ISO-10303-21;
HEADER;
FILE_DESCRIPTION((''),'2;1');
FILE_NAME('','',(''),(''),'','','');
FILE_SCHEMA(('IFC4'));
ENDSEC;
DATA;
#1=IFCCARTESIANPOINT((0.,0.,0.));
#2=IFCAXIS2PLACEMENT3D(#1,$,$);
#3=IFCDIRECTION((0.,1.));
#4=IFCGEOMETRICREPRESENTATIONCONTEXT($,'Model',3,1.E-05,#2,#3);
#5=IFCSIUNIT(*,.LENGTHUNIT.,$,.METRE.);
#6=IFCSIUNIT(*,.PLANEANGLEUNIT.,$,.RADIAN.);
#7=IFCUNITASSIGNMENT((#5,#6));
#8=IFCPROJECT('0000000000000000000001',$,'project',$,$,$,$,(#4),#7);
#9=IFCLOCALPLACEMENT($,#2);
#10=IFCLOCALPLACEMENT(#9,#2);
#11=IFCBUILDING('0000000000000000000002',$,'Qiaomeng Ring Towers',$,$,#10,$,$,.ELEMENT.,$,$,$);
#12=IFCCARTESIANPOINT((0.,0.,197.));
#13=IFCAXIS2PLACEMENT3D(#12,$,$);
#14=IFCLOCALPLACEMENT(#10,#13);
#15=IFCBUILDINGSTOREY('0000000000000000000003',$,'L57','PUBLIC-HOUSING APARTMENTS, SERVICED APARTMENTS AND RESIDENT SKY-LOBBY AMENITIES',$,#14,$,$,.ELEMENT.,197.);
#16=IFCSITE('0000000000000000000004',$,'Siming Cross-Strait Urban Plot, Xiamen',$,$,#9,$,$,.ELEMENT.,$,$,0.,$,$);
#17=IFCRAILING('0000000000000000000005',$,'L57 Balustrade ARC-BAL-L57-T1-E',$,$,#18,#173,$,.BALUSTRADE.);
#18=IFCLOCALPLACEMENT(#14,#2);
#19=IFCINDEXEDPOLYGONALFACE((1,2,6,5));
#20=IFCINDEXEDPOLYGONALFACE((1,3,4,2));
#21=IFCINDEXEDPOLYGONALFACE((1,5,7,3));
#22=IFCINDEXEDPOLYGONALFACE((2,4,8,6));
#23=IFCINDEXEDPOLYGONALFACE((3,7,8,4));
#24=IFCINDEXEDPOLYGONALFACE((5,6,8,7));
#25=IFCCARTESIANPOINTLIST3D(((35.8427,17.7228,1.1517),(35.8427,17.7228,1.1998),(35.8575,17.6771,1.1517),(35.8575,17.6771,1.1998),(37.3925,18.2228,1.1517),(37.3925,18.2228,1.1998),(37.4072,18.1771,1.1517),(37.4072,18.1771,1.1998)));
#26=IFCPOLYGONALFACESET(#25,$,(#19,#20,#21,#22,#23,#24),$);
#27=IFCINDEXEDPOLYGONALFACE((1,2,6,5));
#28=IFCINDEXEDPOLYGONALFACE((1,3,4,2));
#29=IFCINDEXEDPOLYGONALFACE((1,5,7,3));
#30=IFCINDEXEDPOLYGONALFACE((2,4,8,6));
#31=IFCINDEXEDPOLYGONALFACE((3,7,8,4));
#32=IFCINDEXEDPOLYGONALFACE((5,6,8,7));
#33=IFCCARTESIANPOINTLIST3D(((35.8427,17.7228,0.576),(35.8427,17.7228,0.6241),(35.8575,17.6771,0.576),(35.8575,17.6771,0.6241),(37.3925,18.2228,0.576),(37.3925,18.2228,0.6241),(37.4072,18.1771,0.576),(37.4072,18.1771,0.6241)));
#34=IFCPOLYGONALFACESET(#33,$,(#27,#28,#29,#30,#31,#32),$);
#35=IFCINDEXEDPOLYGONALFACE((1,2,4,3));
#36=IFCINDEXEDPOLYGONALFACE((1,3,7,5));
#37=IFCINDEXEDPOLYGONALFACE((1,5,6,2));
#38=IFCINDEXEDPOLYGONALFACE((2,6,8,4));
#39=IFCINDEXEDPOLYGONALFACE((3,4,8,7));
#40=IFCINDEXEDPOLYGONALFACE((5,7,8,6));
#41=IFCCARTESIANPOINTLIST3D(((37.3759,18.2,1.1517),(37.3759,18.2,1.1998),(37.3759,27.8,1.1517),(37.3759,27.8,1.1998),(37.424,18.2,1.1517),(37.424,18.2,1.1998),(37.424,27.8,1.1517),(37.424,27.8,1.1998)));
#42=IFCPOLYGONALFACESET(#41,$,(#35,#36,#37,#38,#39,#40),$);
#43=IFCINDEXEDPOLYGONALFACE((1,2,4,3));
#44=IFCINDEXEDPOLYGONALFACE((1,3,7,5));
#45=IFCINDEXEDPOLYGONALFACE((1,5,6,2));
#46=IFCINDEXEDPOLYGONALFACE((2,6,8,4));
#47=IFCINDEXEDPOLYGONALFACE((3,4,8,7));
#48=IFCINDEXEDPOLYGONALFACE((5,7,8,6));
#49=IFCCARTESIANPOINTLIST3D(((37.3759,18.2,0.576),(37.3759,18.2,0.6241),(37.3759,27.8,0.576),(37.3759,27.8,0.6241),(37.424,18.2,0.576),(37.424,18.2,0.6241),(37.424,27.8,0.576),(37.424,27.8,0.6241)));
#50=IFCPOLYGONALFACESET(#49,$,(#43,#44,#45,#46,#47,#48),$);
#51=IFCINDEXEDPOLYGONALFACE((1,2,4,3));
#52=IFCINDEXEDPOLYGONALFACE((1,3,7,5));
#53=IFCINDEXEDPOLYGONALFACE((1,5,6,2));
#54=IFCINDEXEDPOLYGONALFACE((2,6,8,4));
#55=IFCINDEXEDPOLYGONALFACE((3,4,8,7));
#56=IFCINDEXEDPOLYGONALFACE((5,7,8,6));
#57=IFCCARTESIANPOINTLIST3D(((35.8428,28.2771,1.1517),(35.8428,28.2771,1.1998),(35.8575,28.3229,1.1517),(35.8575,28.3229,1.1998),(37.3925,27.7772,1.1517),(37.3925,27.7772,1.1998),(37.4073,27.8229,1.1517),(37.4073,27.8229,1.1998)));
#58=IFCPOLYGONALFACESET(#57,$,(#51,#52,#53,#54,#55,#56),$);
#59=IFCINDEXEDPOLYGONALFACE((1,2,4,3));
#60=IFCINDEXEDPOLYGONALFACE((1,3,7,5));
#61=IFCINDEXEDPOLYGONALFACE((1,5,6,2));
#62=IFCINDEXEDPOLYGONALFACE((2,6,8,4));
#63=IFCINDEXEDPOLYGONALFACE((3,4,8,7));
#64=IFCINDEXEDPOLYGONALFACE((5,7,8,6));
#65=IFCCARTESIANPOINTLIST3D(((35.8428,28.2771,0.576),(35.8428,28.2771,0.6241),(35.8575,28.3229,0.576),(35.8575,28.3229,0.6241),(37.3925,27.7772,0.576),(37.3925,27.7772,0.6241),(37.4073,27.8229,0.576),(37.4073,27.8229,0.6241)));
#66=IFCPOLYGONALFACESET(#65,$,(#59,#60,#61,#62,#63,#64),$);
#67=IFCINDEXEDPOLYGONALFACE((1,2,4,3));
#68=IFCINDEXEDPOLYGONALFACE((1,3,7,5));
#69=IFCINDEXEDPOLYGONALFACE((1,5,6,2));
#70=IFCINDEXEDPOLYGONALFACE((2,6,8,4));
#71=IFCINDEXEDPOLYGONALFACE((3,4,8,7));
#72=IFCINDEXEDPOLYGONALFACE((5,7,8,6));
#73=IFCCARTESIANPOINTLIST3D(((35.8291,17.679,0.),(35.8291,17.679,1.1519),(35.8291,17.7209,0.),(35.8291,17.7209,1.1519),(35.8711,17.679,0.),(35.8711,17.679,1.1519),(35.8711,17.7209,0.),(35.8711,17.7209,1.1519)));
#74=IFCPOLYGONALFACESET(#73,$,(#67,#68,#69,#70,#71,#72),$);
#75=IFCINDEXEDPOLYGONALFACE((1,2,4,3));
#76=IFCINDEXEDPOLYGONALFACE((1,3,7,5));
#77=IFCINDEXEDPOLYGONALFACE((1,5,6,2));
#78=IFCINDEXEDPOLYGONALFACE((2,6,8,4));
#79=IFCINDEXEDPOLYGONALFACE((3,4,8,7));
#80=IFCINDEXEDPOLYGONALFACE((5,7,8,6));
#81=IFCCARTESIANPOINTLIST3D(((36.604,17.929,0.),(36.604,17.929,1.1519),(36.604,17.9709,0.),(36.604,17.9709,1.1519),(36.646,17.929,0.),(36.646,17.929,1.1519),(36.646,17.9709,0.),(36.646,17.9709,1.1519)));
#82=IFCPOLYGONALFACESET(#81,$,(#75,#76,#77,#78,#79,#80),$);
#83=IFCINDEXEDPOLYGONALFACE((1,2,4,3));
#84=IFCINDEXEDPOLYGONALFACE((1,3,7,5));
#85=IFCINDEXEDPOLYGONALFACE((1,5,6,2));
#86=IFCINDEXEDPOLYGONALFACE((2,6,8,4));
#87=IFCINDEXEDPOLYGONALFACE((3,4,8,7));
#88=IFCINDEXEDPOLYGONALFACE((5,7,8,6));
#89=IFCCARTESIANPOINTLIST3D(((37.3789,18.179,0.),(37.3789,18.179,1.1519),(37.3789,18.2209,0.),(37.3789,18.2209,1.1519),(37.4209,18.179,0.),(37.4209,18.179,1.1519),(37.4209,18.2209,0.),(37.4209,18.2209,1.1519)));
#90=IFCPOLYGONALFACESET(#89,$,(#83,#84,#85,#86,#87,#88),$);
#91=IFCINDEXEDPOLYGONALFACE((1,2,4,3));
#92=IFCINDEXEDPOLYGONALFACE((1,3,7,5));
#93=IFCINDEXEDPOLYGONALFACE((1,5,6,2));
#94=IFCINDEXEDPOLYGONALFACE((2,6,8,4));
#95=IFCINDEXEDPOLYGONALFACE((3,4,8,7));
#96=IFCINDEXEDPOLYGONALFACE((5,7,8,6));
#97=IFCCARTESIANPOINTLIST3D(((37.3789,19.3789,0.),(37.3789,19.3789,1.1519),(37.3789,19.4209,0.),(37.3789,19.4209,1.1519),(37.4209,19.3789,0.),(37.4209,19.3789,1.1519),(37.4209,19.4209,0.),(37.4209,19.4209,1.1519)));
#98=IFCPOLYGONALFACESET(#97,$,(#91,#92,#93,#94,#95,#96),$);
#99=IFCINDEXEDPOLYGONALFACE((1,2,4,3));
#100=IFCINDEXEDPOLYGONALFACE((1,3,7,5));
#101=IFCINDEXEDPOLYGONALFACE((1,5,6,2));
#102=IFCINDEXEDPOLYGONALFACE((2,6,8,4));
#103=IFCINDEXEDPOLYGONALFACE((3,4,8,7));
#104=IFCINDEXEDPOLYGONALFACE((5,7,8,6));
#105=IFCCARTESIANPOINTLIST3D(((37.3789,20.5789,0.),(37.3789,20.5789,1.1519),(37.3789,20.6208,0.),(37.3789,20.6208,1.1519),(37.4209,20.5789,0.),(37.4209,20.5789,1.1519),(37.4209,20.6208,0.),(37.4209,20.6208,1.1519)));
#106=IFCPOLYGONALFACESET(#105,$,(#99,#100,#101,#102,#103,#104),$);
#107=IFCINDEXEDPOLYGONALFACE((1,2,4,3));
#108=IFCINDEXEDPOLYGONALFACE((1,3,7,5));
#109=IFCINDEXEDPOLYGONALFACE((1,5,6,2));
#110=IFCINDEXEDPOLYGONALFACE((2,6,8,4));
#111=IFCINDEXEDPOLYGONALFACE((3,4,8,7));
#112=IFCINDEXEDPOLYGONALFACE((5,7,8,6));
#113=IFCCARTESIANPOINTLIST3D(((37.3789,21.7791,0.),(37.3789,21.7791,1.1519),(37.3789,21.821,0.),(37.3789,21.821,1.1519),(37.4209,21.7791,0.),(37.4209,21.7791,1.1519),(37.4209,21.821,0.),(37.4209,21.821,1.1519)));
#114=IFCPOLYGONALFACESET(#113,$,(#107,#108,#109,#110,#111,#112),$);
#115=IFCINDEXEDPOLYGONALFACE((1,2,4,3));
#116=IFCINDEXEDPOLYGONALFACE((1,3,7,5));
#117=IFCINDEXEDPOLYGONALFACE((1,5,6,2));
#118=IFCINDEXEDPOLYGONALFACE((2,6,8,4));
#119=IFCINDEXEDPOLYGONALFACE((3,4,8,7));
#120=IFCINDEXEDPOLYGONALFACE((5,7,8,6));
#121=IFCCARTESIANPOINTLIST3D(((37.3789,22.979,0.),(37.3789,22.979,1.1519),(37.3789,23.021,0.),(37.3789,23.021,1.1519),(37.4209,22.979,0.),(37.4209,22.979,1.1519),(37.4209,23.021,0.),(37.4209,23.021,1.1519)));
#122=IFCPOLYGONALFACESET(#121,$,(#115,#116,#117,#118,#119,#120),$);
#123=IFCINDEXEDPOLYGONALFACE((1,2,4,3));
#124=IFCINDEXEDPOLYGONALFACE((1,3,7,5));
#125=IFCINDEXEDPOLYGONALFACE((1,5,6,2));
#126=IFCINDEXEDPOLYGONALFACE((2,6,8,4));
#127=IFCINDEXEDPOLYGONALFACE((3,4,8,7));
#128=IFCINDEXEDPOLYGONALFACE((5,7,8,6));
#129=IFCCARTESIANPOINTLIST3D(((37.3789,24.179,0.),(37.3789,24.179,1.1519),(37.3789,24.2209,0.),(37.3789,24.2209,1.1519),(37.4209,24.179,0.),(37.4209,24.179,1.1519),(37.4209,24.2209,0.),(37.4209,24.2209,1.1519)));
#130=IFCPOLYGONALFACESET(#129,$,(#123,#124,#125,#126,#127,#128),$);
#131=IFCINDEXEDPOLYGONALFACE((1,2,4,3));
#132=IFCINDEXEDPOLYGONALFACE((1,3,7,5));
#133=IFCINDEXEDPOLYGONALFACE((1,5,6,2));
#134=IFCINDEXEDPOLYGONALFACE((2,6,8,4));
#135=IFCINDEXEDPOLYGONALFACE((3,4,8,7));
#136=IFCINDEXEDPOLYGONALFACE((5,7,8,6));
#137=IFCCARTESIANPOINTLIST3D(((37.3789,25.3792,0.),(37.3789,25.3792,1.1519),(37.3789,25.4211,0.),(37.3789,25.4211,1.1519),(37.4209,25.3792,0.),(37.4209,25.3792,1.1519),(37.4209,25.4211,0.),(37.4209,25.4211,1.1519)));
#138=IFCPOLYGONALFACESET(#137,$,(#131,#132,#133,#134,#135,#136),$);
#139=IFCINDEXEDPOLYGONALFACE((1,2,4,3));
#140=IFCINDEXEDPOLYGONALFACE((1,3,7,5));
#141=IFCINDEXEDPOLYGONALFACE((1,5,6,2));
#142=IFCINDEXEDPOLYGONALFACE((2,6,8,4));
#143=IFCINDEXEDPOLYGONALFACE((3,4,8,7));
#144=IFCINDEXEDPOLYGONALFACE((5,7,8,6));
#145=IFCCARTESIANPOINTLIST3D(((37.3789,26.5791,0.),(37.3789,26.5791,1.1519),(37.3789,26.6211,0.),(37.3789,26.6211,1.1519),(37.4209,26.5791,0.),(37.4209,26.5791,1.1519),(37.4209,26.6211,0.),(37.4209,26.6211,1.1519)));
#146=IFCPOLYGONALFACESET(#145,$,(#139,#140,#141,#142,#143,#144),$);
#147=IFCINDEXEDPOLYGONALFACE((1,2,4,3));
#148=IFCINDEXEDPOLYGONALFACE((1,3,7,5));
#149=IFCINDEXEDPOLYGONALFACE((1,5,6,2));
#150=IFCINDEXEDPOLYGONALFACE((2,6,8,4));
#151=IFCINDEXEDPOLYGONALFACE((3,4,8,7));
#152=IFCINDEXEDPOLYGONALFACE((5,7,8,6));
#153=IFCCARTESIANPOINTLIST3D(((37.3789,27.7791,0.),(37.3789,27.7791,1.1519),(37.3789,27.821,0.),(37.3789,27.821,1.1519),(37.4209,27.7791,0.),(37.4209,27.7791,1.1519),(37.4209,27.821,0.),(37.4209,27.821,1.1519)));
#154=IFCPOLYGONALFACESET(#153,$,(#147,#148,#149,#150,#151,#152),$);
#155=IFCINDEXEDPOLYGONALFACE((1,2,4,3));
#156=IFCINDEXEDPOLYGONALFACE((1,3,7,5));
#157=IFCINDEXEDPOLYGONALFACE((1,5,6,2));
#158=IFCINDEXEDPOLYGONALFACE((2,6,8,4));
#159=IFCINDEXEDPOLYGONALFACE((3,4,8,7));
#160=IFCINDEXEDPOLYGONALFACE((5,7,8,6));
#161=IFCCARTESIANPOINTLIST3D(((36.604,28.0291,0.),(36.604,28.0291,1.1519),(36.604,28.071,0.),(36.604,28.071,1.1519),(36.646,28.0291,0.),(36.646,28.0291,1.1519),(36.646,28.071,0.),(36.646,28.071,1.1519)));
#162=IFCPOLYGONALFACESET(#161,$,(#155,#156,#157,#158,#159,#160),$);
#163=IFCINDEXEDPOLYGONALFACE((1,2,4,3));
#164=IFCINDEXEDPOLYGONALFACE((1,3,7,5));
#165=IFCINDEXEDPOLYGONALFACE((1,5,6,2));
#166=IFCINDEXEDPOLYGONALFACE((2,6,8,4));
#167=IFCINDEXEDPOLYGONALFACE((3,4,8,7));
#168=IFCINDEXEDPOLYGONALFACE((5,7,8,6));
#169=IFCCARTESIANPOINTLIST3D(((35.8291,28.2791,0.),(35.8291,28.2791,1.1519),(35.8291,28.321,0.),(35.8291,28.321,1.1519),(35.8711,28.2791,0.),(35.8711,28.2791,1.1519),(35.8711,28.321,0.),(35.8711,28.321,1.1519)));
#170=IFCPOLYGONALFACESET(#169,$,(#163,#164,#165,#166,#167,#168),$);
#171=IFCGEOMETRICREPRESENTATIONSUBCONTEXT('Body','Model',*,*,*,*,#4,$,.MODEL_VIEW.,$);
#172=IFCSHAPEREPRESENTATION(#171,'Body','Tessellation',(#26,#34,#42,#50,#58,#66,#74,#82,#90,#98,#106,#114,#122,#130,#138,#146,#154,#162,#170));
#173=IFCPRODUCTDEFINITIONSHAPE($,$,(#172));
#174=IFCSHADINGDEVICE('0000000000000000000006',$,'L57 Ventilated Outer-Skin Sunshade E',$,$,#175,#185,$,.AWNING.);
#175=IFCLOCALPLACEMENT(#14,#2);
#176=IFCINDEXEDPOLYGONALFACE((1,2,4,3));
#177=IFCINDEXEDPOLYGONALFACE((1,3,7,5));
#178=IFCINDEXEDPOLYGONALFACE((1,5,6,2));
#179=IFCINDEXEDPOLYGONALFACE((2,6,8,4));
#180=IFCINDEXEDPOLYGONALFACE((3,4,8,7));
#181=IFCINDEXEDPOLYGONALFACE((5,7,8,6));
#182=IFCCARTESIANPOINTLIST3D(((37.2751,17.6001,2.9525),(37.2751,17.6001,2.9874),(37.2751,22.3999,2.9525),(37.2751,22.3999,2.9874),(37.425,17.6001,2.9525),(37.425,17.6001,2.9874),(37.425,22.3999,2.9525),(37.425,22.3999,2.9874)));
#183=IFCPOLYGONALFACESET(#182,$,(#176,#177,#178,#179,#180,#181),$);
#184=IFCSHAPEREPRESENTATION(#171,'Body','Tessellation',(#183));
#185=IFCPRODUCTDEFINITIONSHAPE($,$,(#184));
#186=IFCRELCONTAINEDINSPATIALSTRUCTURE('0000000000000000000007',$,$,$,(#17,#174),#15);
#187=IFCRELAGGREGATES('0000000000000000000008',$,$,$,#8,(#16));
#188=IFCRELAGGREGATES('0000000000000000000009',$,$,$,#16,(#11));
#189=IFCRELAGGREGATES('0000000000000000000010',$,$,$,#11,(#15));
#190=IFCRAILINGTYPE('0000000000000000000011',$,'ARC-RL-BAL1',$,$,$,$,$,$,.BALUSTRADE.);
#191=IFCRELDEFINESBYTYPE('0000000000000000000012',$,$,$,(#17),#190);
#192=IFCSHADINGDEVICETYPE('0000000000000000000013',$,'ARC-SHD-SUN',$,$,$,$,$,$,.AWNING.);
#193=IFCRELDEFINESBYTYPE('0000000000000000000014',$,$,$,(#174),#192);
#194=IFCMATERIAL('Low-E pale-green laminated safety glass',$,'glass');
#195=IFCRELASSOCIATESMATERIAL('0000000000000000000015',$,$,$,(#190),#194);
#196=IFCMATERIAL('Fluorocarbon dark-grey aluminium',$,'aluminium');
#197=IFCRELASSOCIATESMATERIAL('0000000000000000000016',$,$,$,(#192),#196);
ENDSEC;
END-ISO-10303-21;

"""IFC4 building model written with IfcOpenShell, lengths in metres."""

from ifc_helpers import new_model, si_unit, direction, frame, origin, origin_2d, place, context, subcontext, project, spatial, rectangle, extrude, source, transform, mapped, material, material_profile, profile_set, type_object, element, save


model = new_model("IFC4")

# Units and contexts
model_context = context("Model", 3, precision=1e-05, world=origin(), true_north=direction((0.0, 1.0)))
body_context = subcontext(model_context, "Body", "Model", "MODEL_VIEW")
ifc_project = project(units=[si_unit("LENGTHUNIT", "METRE"), si_unit("PLANEANGLEUNIT", "RADIAN")], contexts=[model_context])

# Site, building, storey
site_placement = place(None, origin())
site = spatial("IfcSite", under=ifc_project, at=site_placement, Name="Siming Cross-Strait Urban Plot, Xiamen", CompositionType="ELEMENT", RefElevation=0.0)
building_placement = place(site_placement, origin())
building = spatial("IfcBuilding", under=site, at=building_placement, Name="Qiaomeng Ring Towers", CompositionType="ELEMENT")
storey_placement = place(building_placement, frame((0.0, 0.0, 197.0)))
storey = spatial("IfcBuildingStorey", under=building, at=storey_placement, Name="L57", Description="PUBLIC-HOUSING APARTMENTS, SERVICED APARTMENTS AND RESIDENT SKY-LOBBY AMENITIES", CompositionType="ELEMENT", Elevation=197.0)

# Railing
ifc_material_1 = material(Name="Low-E pale-green laminated safety glass", Category="glass")
railing_type = type_object("IfcRailingType", Name="ARC-RL-BAL1", PredefinedType="BALUSTRADE", material=ifc_material_1)
railing_placement = place(storey_placement, frame((35.8501, 17.7, 0.0)))
element("IfcRailing", 1, at=railing_placement, inside=storey, type_object=railing_type, Name="L57 Balustrade ARC-BAL-L57-T1-E", PredefinedType="BALUSTRADE", context=body_context, shape_type="SweptSolid", body=[
    extrude(rectangle(XDim=0.0481, YDim=0.0481, at=origin_2d()), frame((0.0, 0.0, 1.1758), z_axis=(0.951697, 0.307038, 0.0), x_axis=(-0.307038, 0.951697, 0.0)), (0.0, 0.0, 1.0), 1.6284),
    extrude(rectangle(XDim=0.0481, YDim=0.0481, at=origin_2d()), frame((0.0, 0.0, 0.6001), z_axis=(0.951697, 0.307038, 0.0), x_axis=(-0.307038, 0.951697, 0.0)), (0.0, 0.0, 1.0), 1.6284),
    extrude(rectangle(XDim=0.0481, YDim=0.0481, at=origin_2d()), frame((1.5498, 0.5, 1.1758), z_axis=(0.0, 1.0, 0.0), x_axis=(-1.0, 0.0, 0.0)), (0.0, 0.0, 1.0), 9.6001),
    extrude(rectangle(XDim=0.0481, YDim=0.0481, at=origin_2d()), frame((1.5498, 0.5, 0.6001), z_axis=(0.0, 1.0, 0.0), x_axis=(-1.0, 0.0, 0.0)), (0.0, 0.0, 1.0), 9.6001),
    extrude(rectangle(XDim=0.0481, YDim=0.0481, at=origin_2d()), frame((1.5498, 10.1001, 1.1758), z_axis=(-0.951697, 0.307038, 0.0), x_axis=(-0.307038, -0.951697, 0.0)), (0.0, 0.0, 1.0), 1.6284),
    extrude(rectangle(XDim=0.0481, YDim=0.0481, at=origin_2d()), frame((1.5498, 10.1001, 0.6001), z_axis=(-0.951697, 0.307038, 0.0), x_axis=(-0.307038, -0.951697, 0.0)), (0.0, 0.0, 1.0), 1.6284),
    extrude(rectangle(XDim=0.042, YDim=0.042, at=origin_2d()), origin(), (0.0, 0.0, 1.0), 1.1519),
    extrude(rectangle(XDim=0.042, YDim=0.042, at=origin_2d()), frame((0.7749, 0.25, 0.0)), (0.0, 0.0, 1.0), 1.1519),
    extrude(rectangle(XDim=0.042, YDim=0.042, at=origin_2d()), frame((1.5498, 0.5, 0.0)), (0.0, 0.0, 1.0), 1.1519),
    extrude(rectangle(XDim=0.042, YDim=0.042, at=origin_2d()), frame((1.5498, 1.7, 0.0)), (0.0, 0.0, 1.0), 1.1519),
    extrude(rectangle(XDim=0.042, YDim=0.042, at=origin_2d()), frame((1.5498, 2.8999, 0.0)), (0.0, 0.0, 1.0), 1.1519),
    extrude(rectangle(XDim=0.042, YDim=0.042, at=origin_2d()), frame((1.5498, 4.1001, 0.0)), (0.0, 0.0, 1.0), 1.1519),
    extrude(rectangle(XDim=0.042, YDim=0.042, at=origin_2d()), frame((1.5498, 5.3, 0.0)), (0.0, 0.0, 1.0), 1.1519),
    extrude(rectangle(XDim=0.042, YDim=0.042, at=origin_2d()), frame((1.5498, 6.5, 0.0)), (0.0, 0.0, 1.0), 1.1519),
    extrude(rectangle(XDim=0.042, YDim=0.042, at=origin_2d()), frame((1.5498, 7.7002, 0.0)), (0.0, 0.0, 1.0), 1.1519),
    extrude(rectangle(XDim=0.042, YDim=0.042, at=origin_2d()), frame((1.5498, 8.9001, 0.0)), (0.0, 0.0, 1.0), 1.1519),
    extrude(rectangle(XDim=0.042, YDim=0.042, at=origin_2d()), frame((1.5498, 10.1001, 0.0)), (0.0, 0.0, 1.0), 1.1519),
    extrude(rectangle(XDim=0.042, YDim=0.042, at=origin_2d()), frame((0.7749, 10.3501, 0.0)), (0.0, 0.0, 1.0), 1.1519),
    extrude(rectangle(XDim=0.042, YDim=0.042, at=origin_2d()), frame((0.0, 10.6001, 0.0)), (0.0, 0.0, 1.0), 1.1519),
])

# Shading device
ifc_material_2 = material(Name="Fluorocarbon dark-grey aluminium", Category="aluminium")
ifc_material_profile_1 = material_profile(ifc_material_2, rectangle(XDim=0.1499, YDim=0.0349, at=origin_2d()), Name="LV BLADE 150x35")
ifc_profile_set_1 = profile_set([ifc_material_profile_1], Name="Fluorocarbon dark-grey aluminium")
shading_device_type = type_object("IfcShadingDeviceType", Name="ARC-SHD-SUN", PredefinedType="AWNING", material=ifc_profile_set_1)
shared_shape_1 = source(origin(), body_context, "Body", "SweptSolid", [
    extrude(rectangle(XDim=0.1499, YDim=0.0349, at=origin_2d()), origin(), (0.0, 0.0, 1.0), 4.7998),
])
shading_device_placement = place(storey_placement, frame((37.3501, 17.6001, 2.97), z_axis=(0.0, 1.0, 0.0), x_axis=(-1.0, 0.0, 0.0)))
element("IfcShadingDevice", 2, at=shading_device_placement, inside=storey, type_object=shading_device_type, Name="L57 Ventilated Outer-Skin Sunshade E", PredefinedType="AWNING", context=body_context, shape_type="MappedRepresentation", body=[
    mapped(shared_shape_1, transform((0.0, 0.0, 0.0), x_axis=(1.0, 0.0, 0.0), y_axis=(0.0, 1.0, 0.0), z_axis=(0.0, 0.0, 1.0), scale=1.0)),
])

save(model, "model.ifc")
